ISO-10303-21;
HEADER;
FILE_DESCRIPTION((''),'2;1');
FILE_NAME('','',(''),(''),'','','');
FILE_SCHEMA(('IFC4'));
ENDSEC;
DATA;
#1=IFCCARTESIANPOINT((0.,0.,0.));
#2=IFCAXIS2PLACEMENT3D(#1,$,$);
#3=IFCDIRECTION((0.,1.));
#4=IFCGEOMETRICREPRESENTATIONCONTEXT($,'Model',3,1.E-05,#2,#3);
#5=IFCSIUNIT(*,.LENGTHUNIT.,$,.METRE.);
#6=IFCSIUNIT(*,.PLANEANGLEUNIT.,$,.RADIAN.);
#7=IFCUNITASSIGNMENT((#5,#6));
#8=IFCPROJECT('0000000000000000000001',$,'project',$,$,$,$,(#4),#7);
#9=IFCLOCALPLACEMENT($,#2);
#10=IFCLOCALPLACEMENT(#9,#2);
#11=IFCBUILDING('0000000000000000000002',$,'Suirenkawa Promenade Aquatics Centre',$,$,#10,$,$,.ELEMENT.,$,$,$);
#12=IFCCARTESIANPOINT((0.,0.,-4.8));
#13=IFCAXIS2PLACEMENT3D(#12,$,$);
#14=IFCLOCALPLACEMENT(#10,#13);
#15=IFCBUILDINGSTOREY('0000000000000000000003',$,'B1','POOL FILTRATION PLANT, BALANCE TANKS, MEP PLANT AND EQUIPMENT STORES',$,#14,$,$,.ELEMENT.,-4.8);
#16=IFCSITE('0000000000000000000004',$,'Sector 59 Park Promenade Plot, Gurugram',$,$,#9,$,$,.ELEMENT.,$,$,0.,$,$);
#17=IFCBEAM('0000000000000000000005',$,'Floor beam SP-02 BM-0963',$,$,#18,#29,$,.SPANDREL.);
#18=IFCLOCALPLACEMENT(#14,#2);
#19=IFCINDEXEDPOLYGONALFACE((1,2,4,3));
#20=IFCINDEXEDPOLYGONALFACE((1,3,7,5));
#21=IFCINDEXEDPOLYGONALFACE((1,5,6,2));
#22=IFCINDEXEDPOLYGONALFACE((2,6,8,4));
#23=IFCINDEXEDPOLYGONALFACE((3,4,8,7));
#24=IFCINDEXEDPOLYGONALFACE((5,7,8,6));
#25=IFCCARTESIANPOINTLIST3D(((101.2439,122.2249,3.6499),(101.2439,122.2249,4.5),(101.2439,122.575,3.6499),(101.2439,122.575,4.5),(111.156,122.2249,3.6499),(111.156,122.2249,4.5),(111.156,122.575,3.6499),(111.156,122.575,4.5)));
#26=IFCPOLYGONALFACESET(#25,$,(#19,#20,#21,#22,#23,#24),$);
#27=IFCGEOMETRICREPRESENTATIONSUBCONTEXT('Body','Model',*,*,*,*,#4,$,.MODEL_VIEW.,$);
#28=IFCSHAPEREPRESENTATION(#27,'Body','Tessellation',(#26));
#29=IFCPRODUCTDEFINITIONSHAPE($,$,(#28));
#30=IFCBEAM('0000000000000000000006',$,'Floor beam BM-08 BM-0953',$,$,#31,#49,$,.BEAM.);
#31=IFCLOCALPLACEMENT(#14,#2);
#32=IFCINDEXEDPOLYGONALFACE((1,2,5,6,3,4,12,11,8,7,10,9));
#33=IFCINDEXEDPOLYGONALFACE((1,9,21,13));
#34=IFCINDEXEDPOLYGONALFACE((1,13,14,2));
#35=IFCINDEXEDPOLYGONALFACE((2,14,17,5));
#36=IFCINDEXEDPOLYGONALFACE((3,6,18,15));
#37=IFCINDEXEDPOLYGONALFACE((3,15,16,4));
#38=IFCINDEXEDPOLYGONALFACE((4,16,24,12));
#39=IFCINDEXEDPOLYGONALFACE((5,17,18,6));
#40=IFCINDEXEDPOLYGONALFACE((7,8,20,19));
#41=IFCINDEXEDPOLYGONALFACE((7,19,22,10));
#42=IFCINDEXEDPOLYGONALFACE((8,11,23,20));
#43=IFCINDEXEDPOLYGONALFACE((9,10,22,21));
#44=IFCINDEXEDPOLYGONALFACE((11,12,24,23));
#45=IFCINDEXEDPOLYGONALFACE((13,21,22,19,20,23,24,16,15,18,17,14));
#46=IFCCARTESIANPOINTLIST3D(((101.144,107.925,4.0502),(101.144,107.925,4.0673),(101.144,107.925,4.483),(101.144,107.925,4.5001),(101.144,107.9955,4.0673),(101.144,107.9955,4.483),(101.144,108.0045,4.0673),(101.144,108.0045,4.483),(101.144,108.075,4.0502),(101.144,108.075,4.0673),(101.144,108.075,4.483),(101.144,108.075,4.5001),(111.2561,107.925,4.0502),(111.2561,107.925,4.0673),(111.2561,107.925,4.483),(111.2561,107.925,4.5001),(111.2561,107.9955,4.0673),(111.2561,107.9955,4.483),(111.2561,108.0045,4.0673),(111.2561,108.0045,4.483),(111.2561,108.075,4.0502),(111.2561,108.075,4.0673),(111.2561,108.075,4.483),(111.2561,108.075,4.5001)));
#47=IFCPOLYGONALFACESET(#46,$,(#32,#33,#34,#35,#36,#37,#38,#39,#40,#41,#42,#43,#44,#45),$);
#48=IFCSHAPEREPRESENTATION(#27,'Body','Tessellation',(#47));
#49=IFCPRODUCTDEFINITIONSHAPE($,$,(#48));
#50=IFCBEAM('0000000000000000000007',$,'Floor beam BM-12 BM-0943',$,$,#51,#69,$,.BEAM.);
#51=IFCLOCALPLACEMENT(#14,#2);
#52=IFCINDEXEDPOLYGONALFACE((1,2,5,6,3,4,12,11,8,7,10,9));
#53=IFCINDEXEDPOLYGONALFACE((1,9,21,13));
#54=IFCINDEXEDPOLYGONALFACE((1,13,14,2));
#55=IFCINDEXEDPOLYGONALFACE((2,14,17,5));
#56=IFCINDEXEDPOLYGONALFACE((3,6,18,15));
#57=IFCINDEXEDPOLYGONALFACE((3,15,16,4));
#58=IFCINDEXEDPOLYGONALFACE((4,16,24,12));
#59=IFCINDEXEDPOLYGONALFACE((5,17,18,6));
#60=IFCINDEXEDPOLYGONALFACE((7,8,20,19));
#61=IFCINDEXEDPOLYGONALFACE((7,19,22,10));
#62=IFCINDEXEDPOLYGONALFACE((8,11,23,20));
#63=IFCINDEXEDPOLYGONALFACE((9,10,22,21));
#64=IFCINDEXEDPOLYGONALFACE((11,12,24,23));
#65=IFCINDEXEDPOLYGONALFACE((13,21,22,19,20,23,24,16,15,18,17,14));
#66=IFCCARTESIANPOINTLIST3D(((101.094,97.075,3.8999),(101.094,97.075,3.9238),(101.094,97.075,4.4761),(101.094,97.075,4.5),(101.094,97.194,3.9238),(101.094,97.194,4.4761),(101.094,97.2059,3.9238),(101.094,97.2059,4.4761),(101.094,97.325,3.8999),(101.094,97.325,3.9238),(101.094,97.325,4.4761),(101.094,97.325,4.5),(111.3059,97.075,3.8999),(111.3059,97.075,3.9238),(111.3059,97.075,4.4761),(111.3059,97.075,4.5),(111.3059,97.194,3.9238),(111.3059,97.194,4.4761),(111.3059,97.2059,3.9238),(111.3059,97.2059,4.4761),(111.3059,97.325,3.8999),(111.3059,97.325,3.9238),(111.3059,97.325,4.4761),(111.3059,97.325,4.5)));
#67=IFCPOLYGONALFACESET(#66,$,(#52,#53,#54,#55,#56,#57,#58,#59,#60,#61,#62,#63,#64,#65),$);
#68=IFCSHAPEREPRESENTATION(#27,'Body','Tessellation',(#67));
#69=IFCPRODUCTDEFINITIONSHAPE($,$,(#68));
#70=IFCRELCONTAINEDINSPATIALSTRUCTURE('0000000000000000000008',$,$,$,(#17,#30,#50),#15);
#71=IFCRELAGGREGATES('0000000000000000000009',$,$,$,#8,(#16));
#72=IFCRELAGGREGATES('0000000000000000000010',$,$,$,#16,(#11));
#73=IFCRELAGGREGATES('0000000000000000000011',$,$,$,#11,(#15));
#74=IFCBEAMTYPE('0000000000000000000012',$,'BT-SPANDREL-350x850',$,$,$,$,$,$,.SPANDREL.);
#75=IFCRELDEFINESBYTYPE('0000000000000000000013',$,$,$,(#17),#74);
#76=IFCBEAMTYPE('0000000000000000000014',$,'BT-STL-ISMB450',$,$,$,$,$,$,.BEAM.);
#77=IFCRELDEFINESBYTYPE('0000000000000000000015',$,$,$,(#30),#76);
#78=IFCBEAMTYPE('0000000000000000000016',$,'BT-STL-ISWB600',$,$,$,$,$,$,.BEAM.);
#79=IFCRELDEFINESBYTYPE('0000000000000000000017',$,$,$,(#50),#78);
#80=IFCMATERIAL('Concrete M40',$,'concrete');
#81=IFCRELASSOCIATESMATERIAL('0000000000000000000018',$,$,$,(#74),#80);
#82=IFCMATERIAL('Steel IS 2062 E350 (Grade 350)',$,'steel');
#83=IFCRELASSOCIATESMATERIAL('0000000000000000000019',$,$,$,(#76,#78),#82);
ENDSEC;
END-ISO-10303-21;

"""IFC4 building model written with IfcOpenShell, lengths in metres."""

from ifc_helpers import new_model, si_unit, direction, frame, origin, origin_2d, place, context, subcontext, project, spatial, rectangle, i_section, extrude, material, material_profile, profile_set, type_object, element, save


model = new_model("IFC4")

# Units and contexts
model_context = context("Model", 3, precision=1e-05, world=origin(), true_north=direction((0.0, 1.0)))
body_context = subcontext(model_context, "Body", "Model", "MODEL_VIEW")
ifc_project = project(units=[si_unit("LENGTHUNIT", "METRE"), si_unit("PLANEANGLEUNIT", "RADIAN")], contexts=[model_context])

# Site, building, storey
site_placement = place(None, origin())
site = spatial("IfcSite", under=ifc_project, at=site_placement, Name="Sector 59 Park Promenade Plot, Gurugram", CompositionType="ELEMENT", RefElevation=0.0)
building_placement = place(site_placement, origin())
building = spatial("IfcBuilding", under=site, at=building_placement, Name="Suirenkawa Promenade Aquatics Centre", CompositionType="ELEMENT")
storey_placement = place(building_placement, frame((0.0, 0.0, -4.8)))
storey = spatial("IfcBuildingStorey", under=building, at=storey_placement, Name="B1", Description="POOL FILTRATION PLANT, BALANCE TANKS, MEP PLANT AND EQUIPMENT STORES", CompositionType="ELEMENT", Elevation=-4.8)

# Shared definitions
ifc_material_1 = material(Name="Concrete M40", Category="concrete")

# Beams
ifc_material_2 = material(Name="Steel IS 2062 E350 (Grade 350)", Category="steel")
ifc_material_profile_1 = material_profile(ifc_material_1, rectangle(XDim=0.3501, YDim=0.8501, at=origin_2d()), Name="RC SPANDREL 350x850", Category="concrete")
ifc_profile_set_1 = profile_set([ifc_material_profile_1], Name="Concrete M40")
beam_type_1 = type_object("IfcBeamType", Name="BT-SPANDREL-350x850", PredefinedType="SPANDREL", material=ifc_profile_set_1)
beam_1_placement = place(storey_placement, frame((101.2439, 122.3999, 4.075), z_axis=(1.0, 0.0, 0.0), x_axis=(0.0, 1.0, 0.0)))
element("IfcBeam", 1, at=beam_1_placement, inside=storey, type_object=beam_type_1, Name="Floor beam SP-02 BM-0963", PredefinedType="SPANDREL", context=body_context, shape_type="SweptSolid", body=[
    extrude(rectangle(XDim=0.3501, YDim=0.8501, at=origin_2d()), origin(), (0.0, 0.0, 1.0), 9.9121),
])
ifc_material_profile_2 = material_profile(ifc_material_2, i_section(OverallWidth=0.1499, OverallDepth=0.45, WebThickness=0.009, FlangeThickness=0.0171, at=origin_2d()), Name="ISMB 450", Category="steel")
ifc_profile_set_2 = profile_set([ifc_material_profile_2], Name="Steel IS 2062 E350 (Grade 350)")
beam_type_2 = type_object("IfcBeamType", Name="BT-STL-ISMB450", PredefinedType="BEAM", material=ifc_profile_set_2)
beam_2_placement = place(storey_placement, frame((101.144, 108.0, 4.2751), z_axis=(1.0, 0.0, 0.0), x_axis=(0.0, 1.0, 0.0)))
element("IfcBeam", 2, at=beam_2_placement, inside=storey, type_object=beam_type_2, Name="Floor beam BM-08 BM-0953", PredefinedType="BEAM", context=body_context, shape_type="SweptSolid", body=[
    extrude(i_section(OverallWidth=0.1499, OverallDepth=0.45, WebThickness=0.009, FlangeThickness=0.0171, at=origin_2d()), origin(), (0.0, 0.0, 1.0), 10.1121),
])
ifc_material_profile_3 = material_profile(ifc_material_2, i_section(OverallWidth=0.25, OverallDepth=0.6001, WebThickness=0.012, FlangeThickness=0.0239, at=origin_2d()), Name="ISWB 600", Category="steel")
ifc_profile_set_3 = profile_set([ifc_material_profile_3], Name="Steel IS 2062 E350 (Grade 350)")
beam_type_3 = type_object("IfcBeamType", Name="BT-STL-ISWB600", PredefinedType="BEAM", material=ifc_profile_set_3)
beam_3_placement = place(storey_placement, frame((101.094, 97.2, 4.2), z_axis=(1.0, 0.0, 0.0), x_axis=(0.0, 1.0, 0.0)))
element("IfcBeam", 3, at=beam_3_placement, inside=storey, type_object=beam_type_3, Name="Floor beam BM-12 BM-0943", PredefinedType="BEAM", context=body_context, shape_type="SweptSolid", body=[
    extrude(i_section(OverallWidth=0.25, OverallDepth=0.6001, WebThickness=0.012, FlangeThickness=0.0239, at=origin_2d()), origin(), (0.0, 0.0, 1.0), 10.2119),
])

save(model, "model.ifc")
